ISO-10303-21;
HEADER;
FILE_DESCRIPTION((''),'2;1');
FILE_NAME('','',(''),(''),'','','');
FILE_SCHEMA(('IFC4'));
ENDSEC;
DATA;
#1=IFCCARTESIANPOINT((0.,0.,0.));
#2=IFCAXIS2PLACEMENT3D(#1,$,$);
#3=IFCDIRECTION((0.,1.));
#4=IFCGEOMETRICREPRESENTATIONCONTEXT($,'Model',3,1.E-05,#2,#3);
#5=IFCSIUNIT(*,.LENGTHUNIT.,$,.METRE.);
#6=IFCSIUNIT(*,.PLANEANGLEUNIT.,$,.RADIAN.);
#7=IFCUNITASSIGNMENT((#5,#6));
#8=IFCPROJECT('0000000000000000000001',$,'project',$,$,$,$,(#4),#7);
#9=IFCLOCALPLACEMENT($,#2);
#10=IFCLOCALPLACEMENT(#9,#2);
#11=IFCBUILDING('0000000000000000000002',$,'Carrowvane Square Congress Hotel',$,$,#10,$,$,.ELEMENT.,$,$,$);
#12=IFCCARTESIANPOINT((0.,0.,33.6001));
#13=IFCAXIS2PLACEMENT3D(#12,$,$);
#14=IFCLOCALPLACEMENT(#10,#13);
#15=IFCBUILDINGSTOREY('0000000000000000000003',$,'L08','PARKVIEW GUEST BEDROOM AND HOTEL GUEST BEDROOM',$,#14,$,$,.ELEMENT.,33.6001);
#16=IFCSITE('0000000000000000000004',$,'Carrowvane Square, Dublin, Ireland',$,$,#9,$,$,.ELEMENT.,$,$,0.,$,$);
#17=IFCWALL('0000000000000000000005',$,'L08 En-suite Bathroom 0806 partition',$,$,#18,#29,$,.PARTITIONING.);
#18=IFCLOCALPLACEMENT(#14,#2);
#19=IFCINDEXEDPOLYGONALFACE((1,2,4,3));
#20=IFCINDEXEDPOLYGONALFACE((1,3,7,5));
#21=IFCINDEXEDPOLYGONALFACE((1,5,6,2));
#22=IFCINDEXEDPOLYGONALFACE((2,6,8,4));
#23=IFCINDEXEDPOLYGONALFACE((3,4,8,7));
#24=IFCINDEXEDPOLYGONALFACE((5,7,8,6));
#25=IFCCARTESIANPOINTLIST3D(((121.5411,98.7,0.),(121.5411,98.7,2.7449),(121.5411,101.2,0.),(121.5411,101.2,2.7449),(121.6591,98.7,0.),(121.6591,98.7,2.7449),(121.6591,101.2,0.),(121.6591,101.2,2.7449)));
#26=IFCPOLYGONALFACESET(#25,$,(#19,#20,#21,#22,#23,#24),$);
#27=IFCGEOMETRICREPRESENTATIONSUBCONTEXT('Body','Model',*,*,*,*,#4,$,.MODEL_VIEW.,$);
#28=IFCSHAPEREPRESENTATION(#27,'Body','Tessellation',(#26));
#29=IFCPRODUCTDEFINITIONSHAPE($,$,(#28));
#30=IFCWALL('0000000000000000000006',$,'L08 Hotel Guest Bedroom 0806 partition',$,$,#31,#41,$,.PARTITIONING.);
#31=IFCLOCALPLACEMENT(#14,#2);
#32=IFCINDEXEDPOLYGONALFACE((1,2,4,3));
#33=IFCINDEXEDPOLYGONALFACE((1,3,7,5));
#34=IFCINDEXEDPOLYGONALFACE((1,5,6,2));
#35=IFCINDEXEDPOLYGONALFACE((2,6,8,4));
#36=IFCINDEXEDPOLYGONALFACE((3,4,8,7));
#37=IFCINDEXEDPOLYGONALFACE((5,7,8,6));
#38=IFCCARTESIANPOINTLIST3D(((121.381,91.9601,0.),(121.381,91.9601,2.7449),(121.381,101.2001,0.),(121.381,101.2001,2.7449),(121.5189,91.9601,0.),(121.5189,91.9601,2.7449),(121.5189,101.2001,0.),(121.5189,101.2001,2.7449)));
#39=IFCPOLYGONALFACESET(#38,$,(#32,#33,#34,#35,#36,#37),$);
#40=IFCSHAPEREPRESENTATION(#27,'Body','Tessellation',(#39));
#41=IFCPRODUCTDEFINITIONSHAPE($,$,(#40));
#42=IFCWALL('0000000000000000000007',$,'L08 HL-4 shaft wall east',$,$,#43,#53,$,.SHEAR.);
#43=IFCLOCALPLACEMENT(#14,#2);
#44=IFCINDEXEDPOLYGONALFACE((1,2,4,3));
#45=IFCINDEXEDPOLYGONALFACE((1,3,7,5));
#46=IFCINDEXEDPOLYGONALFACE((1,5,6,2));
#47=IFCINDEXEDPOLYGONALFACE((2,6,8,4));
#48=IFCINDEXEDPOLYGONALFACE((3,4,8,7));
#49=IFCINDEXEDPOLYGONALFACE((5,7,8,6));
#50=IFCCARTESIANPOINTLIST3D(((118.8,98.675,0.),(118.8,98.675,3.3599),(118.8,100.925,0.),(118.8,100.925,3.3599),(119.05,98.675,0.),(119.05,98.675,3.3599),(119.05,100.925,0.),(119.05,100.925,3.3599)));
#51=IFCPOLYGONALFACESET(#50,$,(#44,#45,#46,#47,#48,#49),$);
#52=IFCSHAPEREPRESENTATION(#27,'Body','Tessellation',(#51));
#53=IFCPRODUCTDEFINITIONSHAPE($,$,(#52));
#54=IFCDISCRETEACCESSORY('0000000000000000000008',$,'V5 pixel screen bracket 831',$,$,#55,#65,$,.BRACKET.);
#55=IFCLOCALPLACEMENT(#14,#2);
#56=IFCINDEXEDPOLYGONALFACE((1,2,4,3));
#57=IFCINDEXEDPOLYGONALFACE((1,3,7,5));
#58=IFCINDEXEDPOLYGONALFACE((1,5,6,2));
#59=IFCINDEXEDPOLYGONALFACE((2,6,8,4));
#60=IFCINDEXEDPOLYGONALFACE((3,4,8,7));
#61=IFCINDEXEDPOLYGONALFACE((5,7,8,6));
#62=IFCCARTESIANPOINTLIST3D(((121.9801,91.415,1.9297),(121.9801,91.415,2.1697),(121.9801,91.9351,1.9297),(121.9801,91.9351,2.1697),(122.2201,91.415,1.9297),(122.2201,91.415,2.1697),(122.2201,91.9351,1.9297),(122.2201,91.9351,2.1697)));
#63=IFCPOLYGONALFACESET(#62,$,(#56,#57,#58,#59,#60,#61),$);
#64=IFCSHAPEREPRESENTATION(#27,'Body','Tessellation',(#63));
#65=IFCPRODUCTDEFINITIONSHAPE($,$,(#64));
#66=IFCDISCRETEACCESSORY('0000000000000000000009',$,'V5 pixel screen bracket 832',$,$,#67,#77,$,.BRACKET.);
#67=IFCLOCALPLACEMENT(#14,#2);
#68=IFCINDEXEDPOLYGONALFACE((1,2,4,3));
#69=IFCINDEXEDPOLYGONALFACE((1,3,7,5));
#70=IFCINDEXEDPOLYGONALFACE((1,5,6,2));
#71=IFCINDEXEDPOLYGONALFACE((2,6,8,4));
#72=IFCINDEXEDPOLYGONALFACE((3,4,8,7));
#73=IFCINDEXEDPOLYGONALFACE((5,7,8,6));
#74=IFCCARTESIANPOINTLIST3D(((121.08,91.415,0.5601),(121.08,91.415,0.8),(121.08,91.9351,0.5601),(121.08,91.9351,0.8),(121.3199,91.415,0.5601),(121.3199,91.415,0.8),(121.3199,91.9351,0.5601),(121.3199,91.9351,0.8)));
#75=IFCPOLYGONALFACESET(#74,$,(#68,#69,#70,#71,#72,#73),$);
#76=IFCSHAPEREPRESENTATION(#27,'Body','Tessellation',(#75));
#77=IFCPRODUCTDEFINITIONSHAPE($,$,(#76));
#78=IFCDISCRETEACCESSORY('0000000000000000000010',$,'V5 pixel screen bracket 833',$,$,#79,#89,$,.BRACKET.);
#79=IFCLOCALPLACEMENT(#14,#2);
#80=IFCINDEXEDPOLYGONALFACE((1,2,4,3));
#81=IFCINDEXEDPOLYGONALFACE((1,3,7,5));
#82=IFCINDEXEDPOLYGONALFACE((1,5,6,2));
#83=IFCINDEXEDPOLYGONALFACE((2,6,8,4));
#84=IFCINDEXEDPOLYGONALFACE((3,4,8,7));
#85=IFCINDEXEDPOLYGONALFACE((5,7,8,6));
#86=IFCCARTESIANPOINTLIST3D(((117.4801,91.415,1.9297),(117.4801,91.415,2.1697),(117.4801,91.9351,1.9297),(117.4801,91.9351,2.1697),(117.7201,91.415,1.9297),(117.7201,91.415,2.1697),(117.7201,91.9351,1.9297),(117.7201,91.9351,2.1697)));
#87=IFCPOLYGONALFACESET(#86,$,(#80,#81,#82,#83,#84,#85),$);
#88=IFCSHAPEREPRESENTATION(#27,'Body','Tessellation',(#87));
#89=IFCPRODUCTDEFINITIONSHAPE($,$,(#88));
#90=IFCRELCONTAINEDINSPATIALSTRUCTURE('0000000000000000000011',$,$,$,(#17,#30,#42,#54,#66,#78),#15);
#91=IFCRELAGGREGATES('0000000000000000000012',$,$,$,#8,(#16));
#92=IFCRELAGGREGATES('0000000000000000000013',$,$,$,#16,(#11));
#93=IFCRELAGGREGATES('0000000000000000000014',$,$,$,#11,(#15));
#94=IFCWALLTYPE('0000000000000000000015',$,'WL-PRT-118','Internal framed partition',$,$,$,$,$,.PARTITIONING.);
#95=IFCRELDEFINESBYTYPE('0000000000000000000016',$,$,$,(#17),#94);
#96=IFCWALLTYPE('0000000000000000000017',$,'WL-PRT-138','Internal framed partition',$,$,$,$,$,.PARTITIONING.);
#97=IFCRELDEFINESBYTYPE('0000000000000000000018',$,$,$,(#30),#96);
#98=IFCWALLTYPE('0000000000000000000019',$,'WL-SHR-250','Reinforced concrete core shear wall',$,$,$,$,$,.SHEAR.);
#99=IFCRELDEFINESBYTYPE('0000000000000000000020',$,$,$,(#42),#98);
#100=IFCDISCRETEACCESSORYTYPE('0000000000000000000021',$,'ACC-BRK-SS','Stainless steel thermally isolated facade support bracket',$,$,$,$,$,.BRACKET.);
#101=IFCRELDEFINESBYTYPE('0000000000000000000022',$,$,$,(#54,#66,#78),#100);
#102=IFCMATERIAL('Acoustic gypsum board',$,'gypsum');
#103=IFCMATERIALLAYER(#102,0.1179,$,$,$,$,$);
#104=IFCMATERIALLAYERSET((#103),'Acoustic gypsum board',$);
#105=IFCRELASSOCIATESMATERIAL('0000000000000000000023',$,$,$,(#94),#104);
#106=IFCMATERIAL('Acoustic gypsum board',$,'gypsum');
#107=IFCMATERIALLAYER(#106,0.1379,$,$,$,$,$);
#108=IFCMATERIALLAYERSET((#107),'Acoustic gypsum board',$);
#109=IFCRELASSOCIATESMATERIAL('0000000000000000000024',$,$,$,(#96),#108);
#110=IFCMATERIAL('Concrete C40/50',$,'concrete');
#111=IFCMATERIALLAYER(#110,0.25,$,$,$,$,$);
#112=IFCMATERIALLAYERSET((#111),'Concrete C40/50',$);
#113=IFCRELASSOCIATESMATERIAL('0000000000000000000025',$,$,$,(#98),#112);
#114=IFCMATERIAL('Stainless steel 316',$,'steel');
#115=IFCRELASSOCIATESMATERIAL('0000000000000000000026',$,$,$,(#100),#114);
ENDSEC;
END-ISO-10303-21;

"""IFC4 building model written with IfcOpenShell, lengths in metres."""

from ifc_helpers import new_model, si_unit, direction, frame, frame_2d, origin, origin_2d, place, context, subcontext, project, spatial, rectangle, extrude, material, layer, layer_set, type_object, element, save


model = new_model("IFC4")

# Units and contexts
model_context = context("Model", 3, precision=1e-05, world=origin(), true_north=direction((0.0, 1.0)))
body_context = subcontext(model_context, "Body", "Model", "MODEL_VIEW")
ifc_project = project(units=[si_unit("LENGTHUNIT", "METRE"), si_unit("PLANEANGLEUNIT", "RADIAN")], contexts=[model_context])

# Site, building, storey
site_placement = place(None, origin())
site = spatial("IfcSite", under=ifc_project, at=site_placement, Name="Carrowvane Square, Dublin, Ireland", CompositionType="ELEMENT", RefElevation=0.0)
building_placement = place(site_placement, origin())
building = spatial("IfcBuilding", under=site, at=building_placement, Name="Carrowvane Square Congress Hotel", CompositionType="ELEMENT")
storey_placement = place(building_placement, frame((0.0, 0.0, 33.6001)))
storey = spatial("IfcBuildingStorey", under=building, at=storey_placement, Name="L08", Description="PARKVIEW GUEST BEDROOM AND HOTEL GUEST BEDROOM", CompositionType="ELEMENT", Elevation=33.6001)

# Walls
ifc_material_1 = material(Name="Acoustic gypsum board", Category="gypsum")
ifc_layer_1 = layer(ifc_material_1, 0.1179)
ifc_layer_set_1 = layer_set([ifc_layer_1], Name="Acoustic gypsum board")
wall_type_1 = type_object("IfcWallType", Name="WL-PRT-118", Description="Internal framed partition", PredefinedType="PARTITIONING", material=ifc_layer_set_1)
wall_1_placement = place(storey_placement, frame((121.6001, 98.7, 0.0), z_axis=(0.0, 0.0, 1.0), x_axis=(0.0, 1.0, 0.0)))
element("IfcWall", 1, at=wall_1_placement, inside=storey, type_object=wall_type_1, Name="L08 En-suite Bathroom 0806 partition", PredefinedType="PARTITIONING", context=body_context, shape_type="SweptSolid", body=[
    extrude(rectangle(XDim=2.5, YDim=0.1179, at=frame_2d((1.25, 0.0))), origin(), (0.0, 0.0, 1.0), 2.7449),
])
ifc_material_2 = material(Name="Acoustic gypsum board", Category="gypsum")
ifc_layer_2 = layer(ifc_material_2, 0.1379)
ifc_layer_set_2 = layer_set([ifc_layer_2], Name="Acoustic gypsum board")
wall_type_2 = type_object("IfcWallType", Name="WL-PRT-138", Description="Internal framed partition", PredefinedType="PARTITIONING", material=ifc_layer_set_2)
wall_2_placement = place(storey_placement, frame((121.45, 91.96, 0.0), z_axis=(0.0, 0.0, 1.0), x_axis=(0.0, 1.0, 0.0)))
element("IfcWall", 2, at=wall_2_placement, inside=storey, type_object=wall_type_2, Name="L08 Hotel Guest Bedroom 0806 partition", PredefinedType="PARTITIONING", context=body_context, shape_type="SweptSolid", body=[
    extrude(rectangle(XDim=9.24, YDim=0.1379, at=frame_2d((4.6201, 0.0))), origin(), (0.0, 0.0, 1.0), 2.7449),
])
ifc_material_3 = material(Name="Concrete C40/50", Category="concrete")
ifc_layer_3 = layer(ifc_material_3, 0.25)
ifc_layer_set_3 = layer_set([ifc_layer_3], Name="Concrete C40/50")
wall_type_3 = type_object("IfcWallType", Name="WL-SHR-250", Description="Reinforced concrete core shear wall", PredefinedType="SHEAR", material=ifc_layer_set_3)
wall_3_placement = place(storey_placement, frame((118.925, 98.675, 0.0), z_axis=(0.0, 0.0, 1.0), x_axis=(0.0, 1.0, 0.0)))
element("IfcWall", 3, at=wall_3_placement, inside=storey, type_object=wall_type_3, Name="L08 HL-4 shaft wall east", PredefinedType="SHEAR", context=body_context, shape_type="SweptSolid", body=[
    extrude(rectangle(XDim=2.25, YDim=0.25, at=frame_2d((1.125, 0.0))), origin(), (0.0, 0.0, 1.0), 3.3599),
])

# Discrete accessories
ifc_material_4 = material(Name="Stainless steel 316", Category="steel")
discrete_accessory_type = type_object("IfcDiscreteAccessoryType", Name="ACC-BRK-SS", Description="Stainless steel thermally isolated facade support bracket", PredefinedType="BRACKET", material=ifc_material_4)
for number, where, z_axis, x_axis, name in (
    (4, (122.1001, 91.675, 1.9297), (0.0, 0.0, 1.0), (-1.0, 0.0, 0.0), "V5 pixel screen bracket 831"),
    (5, (121.2, 91.675, 0.5601), (0.0, 0.0, 1.0), (-1.0, 0.0, 0.0), "V5 pixel screen bracket 832"),
    (6, (117.6001, 91.675, 1.9297), (0.0, 0.0, 1.0), (-1.0, 0.0, 0.0), "V5 pixel screen bracket 833"),
):
    element("IfcDiscreteAccessory", number, at=place(storey_placement, frame(where, z_axis=z_axis, x_axis=x_axis)), inside=storey, type_object=discrete_accessory_type, Name=name, PredefinedType="BRACKET", context=body_context, shape_type="SweptSolid", body=[
        extrude(rectangle(XDim=0.24, YDim=0.52, at=origin_2d()), origin(), (0.0, 0.0, 1.0), 0.24),
    ])

save(model, "model.ifc")
